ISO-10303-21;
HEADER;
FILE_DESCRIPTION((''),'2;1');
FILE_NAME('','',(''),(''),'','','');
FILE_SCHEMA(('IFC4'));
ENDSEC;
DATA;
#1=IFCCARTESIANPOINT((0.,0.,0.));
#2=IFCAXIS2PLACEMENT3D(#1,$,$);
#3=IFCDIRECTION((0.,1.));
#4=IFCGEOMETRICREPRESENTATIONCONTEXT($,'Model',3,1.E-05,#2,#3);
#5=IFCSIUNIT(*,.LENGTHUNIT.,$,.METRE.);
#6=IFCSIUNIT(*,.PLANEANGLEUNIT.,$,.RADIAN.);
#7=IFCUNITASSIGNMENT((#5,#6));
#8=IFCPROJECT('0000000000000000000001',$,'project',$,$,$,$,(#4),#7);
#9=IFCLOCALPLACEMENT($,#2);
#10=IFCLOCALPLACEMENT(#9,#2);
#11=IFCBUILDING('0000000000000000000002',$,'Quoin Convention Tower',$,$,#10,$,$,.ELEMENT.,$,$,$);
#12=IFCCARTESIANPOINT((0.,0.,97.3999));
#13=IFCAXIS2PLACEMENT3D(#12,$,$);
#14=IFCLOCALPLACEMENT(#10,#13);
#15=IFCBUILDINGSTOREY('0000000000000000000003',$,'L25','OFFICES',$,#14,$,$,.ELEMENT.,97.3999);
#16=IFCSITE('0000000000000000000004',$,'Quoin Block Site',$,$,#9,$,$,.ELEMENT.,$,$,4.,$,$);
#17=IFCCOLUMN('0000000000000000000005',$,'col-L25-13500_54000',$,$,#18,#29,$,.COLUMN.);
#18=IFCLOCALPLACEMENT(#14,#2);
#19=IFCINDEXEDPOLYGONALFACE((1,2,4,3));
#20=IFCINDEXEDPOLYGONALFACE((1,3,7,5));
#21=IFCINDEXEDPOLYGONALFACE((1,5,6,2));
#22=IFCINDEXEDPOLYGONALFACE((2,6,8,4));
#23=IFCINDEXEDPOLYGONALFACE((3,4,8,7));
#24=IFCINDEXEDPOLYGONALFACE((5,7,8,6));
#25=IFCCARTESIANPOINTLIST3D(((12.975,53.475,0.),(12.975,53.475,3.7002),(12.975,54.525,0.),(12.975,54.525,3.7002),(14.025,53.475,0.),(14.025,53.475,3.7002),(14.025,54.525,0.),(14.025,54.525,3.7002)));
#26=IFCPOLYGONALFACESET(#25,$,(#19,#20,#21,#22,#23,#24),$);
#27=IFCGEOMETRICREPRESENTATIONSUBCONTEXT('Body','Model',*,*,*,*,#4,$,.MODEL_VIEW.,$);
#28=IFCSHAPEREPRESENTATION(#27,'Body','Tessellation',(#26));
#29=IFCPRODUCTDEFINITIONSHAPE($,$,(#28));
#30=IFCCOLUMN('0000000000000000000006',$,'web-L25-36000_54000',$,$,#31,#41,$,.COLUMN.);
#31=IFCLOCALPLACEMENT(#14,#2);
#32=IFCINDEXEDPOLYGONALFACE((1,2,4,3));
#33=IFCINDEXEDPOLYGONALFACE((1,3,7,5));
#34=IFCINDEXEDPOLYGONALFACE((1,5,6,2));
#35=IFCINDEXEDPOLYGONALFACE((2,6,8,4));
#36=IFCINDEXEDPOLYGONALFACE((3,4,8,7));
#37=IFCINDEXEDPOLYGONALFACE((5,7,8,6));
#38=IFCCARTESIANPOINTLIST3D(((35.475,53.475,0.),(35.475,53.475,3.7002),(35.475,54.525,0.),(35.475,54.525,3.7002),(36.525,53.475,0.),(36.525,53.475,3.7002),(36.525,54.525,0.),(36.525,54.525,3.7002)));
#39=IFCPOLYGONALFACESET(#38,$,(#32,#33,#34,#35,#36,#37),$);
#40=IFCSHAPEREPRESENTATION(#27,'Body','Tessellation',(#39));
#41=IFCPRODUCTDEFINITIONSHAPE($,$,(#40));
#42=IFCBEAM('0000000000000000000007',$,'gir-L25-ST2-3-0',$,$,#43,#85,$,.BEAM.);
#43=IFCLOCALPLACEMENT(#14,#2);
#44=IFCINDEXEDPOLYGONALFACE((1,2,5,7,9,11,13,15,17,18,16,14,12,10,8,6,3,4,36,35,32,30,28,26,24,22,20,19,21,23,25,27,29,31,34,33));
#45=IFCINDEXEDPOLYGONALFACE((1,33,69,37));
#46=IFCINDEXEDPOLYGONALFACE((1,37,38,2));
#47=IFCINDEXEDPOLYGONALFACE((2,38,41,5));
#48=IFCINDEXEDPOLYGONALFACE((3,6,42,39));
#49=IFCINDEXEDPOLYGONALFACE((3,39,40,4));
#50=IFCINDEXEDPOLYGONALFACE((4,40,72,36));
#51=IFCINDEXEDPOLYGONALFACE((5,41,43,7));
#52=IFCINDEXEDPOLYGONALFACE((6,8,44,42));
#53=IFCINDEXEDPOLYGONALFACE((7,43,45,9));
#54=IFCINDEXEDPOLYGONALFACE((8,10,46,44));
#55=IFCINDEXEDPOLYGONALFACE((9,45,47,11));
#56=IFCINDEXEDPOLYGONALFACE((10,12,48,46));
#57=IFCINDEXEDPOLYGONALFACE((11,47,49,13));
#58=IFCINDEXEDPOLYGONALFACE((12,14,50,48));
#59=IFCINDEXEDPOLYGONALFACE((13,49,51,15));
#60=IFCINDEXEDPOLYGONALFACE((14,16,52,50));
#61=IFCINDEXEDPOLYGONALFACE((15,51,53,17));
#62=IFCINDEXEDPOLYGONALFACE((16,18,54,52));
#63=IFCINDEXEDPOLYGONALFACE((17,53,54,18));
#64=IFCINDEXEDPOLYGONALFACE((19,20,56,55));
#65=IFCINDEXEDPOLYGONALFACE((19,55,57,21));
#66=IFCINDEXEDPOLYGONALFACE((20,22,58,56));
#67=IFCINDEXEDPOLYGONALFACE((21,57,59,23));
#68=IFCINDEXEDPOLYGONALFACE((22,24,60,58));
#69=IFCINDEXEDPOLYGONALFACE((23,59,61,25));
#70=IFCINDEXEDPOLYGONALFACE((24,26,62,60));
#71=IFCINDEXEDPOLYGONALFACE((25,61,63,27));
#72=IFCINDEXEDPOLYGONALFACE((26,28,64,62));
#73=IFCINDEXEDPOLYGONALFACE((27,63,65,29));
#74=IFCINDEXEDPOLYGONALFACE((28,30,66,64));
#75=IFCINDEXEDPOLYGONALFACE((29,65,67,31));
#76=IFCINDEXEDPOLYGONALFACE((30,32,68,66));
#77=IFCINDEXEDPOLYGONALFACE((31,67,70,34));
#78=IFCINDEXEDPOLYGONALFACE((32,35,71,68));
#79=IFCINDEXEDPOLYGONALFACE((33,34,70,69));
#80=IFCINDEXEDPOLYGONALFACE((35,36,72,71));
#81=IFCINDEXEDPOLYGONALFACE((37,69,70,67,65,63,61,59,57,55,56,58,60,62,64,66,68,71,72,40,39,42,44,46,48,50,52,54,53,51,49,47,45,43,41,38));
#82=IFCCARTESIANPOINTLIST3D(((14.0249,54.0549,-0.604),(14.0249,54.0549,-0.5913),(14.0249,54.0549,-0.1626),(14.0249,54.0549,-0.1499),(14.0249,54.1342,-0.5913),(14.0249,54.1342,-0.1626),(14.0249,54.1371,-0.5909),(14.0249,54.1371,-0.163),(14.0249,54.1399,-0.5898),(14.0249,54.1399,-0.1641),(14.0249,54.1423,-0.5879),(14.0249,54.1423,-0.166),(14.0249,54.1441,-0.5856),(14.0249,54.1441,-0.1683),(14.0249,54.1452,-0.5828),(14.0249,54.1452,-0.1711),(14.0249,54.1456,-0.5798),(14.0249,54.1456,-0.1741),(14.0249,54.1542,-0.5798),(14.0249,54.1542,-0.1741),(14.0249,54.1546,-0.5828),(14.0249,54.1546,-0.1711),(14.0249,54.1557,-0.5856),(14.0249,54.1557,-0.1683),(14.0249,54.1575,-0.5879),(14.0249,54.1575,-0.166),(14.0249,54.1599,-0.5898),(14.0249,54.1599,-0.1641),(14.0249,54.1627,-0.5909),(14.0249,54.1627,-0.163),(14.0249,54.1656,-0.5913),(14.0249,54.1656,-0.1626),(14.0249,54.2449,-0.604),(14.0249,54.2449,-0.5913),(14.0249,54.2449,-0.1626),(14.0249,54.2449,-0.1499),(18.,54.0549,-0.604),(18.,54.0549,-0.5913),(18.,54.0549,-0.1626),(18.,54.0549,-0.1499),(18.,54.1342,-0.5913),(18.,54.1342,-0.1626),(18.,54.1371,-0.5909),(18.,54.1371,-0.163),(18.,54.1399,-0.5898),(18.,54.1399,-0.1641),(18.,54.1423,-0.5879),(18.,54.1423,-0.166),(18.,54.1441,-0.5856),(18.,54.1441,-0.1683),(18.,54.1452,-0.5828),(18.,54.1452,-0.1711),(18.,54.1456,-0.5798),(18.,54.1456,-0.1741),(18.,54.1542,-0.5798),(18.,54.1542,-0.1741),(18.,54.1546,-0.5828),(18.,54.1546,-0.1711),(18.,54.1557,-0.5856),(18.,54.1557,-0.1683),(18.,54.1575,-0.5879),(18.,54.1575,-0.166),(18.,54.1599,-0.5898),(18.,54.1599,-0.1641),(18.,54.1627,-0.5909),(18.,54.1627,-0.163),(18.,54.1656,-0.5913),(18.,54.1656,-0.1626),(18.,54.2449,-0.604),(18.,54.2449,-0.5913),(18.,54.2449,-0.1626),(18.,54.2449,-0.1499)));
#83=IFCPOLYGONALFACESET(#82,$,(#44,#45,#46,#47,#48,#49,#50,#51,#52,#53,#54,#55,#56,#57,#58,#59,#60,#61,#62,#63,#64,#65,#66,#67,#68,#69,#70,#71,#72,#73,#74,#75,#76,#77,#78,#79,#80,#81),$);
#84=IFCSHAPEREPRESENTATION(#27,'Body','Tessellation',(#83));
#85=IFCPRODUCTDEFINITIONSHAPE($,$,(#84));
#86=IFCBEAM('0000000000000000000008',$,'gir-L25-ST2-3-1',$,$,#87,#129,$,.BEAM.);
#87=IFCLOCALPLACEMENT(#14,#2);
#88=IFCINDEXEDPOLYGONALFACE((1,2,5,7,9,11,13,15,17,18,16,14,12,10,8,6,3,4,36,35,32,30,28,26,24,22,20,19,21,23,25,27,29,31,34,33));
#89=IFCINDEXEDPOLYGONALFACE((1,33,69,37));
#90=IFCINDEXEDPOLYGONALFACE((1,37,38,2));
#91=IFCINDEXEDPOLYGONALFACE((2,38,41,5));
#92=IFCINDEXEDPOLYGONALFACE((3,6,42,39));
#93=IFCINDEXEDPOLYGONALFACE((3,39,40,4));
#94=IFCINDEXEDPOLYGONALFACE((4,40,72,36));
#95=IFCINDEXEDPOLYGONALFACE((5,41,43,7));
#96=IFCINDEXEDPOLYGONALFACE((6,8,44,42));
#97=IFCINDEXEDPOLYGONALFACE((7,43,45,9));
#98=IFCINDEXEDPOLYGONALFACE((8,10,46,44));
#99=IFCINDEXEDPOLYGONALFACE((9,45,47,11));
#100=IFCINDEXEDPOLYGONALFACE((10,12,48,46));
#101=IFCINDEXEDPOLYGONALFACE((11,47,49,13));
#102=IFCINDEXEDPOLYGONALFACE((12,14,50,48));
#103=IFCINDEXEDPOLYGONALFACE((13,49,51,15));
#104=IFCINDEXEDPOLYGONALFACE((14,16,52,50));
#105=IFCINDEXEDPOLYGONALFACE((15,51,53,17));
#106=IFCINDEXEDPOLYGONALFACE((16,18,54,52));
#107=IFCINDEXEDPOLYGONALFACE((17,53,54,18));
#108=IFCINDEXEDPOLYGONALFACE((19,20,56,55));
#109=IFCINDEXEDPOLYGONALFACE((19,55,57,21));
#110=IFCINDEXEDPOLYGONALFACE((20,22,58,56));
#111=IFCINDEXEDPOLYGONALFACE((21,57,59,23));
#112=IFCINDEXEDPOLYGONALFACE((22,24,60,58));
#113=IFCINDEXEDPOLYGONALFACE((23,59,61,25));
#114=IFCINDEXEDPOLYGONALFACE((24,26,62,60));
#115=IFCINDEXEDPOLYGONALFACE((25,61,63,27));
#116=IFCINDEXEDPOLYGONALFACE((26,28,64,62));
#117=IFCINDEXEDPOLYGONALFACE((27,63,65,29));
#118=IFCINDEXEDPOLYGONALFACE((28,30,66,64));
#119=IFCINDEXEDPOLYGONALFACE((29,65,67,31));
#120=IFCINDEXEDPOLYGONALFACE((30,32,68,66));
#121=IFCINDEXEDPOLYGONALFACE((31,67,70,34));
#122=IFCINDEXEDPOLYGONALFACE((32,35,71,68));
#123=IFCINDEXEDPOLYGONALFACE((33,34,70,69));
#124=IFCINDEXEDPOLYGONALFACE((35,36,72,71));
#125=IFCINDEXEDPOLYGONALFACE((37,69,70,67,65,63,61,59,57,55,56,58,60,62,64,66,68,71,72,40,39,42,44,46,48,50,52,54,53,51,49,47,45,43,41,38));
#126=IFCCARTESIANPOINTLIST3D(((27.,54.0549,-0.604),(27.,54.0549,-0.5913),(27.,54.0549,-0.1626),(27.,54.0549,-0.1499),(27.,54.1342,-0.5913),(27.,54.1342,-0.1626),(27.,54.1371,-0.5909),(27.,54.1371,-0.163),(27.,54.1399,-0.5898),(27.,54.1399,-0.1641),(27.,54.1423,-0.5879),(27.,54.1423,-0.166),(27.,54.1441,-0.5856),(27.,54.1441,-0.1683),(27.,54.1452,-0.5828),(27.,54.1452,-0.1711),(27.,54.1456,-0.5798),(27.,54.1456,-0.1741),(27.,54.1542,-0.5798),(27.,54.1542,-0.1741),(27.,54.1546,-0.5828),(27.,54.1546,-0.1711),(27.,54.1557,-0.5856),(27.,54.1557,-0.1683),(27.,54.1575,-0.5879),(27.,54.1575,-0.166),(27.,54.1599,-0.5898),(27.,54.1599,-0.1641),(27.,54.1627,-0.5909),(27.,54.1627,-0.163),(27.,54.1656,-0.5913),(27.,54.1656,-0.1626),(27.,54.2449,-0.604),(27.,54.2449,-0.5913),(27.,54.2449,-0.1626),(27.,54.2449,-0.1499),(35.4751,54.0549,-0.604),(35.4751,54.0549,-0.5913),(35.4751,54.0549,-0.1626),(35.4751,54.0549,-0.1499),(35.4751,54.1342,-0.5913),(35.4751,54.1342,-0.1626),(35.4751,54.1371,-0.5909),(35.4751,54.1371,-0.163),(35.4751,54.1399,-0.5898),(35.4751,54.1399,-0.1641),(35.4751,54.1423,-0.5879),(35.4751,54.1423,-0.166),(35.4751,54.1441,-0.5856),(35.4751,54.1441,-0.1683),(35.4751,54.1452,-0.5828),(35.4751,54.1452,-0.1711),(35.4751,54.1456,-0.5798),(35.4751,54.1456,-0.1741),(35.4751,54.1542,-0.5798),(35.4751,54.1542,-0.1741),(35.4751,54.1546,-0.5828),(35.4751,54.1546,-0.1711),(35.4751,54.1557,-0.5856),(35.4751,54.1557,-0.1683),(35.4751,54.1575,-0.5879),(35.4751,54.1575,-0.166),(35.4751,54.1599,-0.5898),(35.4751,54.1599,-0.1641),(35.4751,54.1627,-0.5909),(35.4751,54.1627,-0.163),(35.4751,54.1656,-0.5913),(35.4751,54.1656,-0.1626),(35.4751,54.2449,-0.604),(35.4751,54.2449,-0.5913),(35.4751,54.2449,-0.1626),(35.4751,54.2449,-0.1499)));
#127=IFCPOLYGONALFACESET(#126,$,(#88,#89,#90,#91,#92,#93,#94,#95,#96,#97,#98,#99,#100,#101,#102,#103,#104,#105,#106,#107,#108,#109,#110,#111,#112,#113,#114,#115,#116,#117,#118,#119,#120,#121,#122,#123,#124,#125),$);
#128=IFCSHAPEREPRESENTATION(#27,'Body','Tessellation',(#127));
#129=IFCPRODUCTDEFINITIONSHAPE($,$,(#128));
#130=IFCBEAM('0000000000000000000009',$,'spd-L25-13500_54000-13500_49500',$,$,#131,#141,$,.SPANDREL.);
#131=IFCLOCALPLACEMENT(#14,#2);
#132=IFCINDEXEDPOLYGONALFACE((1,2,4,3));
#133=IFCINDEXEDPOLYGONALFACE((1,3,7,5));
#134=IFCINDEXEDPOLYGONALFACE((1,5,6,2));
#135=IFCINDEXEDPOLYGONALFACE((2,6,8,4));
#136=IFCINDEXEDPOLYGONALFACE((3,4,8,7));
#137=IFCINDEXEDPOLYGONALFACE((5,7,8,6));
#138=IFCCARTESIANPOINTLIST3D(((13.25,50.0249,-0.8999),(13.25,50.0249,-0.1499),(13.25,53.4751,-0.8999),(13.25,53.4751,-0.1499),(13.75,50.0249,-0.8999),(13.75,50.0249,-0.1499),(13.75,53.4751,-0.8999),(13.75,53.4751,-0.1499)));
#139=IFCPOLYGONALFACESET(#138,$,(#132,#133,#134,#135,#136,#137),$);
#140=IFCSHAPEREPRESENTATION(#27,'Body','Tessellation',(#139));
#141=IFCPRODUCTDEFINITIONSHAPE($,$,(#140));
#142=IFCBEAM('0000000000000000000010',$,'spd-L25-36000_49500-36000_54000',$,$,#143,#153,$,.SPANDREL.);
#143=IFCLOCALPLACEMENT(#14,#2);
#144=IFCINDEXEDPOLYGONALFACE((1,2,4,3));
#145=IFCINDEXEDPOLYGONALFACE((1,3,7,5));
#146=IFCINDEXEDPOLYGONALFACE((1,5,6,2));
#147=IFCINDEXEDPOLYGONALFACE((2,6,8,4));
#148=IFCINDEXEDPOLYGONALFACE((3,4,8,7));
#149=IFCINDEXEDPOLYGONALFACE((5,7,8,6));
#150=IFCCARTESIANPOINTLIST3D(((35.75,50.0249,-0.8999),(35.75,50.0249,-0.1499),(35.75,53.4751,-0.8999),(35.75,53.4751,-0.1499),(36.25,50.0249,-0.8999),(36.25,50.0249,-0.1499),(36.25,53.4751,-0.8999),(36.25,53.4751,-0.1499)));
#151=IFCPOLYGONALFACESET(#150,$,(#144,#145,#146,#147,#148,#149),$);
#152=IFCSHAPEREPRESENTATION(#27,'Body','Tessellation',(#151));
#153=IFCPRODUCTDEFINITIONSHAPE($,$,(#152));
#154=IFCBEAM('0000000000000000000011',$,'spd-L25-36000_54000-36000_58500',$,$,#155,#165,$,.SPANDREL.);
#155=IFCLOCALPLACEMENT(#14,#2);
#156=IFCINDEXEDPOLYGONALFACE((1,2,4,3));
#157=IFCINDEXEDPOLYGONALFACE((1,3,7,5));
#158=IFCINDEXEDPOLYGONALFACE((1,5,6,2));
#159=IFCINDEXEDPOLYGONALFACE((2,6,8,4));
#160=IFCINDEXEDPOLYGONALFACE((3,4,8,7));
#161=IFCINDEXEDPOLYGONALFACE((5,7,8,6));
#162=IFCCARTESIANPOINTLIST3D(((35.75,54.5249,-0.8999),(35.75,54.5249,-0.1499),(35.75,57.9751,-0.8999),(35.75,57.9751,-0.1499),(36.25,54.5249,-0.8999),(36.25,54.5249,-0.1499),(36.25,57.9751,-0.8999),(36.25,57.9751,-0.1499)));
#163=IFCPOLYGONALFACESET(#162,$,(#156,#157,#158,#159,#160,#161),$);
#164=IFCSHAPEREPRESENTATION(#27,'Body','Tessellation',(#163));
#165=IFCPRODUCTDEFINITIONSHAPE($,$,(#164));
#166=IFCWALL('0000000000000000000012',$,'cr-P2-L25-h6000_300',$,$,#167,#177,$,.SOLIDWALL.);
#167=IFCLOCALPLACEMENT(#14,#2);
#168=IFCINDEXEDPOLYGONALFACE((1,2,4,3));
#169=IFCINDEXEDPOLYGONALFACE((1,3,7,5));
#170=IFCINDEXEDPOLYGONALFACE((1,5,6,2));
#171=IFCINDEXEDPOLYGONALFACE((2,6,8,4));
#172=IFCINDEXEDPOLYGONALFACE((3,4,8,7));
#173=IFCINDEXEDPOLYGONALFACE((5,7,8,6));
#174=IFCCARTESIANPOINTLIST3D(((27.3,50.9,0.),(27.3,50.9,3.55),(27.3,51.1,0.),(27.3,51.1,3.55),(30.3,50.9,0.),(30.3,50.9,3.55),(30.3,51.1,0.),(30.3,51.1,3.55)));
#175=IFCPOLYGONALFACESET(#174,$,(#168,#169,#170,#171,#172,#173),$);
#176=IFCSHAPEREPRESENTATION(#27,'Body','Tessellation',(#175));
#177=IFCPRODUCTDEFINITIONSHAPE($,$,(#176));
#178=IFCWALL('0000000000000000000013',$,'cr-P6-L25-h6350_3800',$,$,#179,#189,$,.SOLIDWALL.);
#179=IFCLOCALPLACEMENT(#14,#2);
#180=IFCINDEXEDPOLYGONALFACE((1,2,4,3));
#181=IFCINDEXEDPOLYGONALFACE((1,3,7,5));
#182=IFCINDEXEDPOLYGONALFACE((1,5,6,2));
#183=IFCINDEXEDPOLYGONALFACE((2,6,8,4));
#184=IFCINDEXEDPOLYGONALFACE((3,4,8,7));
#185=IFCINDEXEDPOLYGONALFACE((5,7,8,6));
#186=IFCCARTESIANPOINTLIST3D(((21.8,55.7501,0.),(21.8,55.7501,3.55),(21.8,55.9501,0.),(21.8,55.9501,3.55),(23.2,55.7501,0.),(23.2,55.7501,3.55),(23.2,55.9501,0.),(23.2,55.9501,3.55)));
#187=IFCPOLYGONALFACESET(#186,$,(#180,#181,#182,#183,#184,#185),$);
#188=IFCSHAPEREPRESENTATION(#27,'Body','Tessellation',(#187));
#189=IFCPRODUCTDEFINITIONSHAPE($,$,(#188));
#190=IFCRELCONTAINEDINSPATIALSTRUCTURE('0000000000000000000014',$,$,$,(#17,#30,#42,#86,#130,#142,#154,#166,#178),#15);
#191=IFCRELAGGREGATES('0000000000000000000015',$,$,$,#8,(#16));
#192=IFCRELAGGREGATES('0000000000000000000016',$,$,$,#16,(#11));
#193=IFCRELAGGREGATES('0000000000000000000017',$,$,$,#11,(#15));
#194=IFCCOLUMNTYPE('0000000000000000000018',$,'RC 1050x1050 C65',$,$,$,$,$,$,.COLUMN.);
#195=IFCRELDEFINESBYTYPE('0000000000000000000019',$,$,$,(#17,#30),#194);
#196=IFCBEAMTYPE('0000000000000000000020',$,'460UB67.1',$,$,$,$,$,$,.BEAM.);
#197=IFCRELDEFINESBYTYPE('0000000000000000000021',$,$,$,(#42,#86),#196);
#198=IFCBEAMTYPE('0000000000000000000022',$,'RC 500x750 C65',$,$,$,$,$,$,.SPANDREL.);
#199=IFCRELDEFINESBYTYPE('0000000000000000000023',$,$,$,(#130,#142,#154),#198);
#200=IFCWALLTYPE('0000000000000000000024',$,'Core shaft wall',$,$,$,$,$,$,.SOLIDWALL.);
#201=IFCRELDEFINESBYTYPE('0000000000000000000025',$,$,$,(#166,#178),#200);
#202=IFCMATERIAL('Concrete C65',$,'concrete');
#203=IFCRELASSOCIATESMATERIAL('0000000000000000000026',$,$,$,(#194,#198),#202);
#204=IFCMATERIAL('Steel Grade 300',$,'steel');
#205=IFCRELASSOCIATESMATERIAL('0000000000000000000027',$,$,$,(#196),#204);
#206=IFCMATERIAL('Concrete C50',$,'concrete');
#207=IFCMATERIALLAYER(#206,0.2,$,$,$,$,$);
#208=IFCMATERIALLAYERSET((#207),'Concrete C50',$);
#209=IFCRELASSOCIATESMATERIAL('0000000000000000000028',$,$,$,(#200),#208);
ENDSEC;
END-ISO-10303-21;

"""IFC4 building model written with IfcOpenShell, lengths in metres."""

from ifc_helpers import new_model, si_unit, direction, frame, frame_2d, origin, origin_2d, place, context, subcontext, project, spatial, rectangle, i_section, extrude, material, layer, layer_set, material_profile, profile_set, type_object, element, save


model = new_model("IFC4")

# Units and contexts
model_context = context("Model", 3, precision=1e-05, world=origin(), true_north=direction((0.0, 1.0)))
body_context = subcontext(model_context, "Body", "Model", "MODEL_VIEW")
ifc_project = project(units=[si_unit("LENGTHUNIT", "METRE"), si_unit("PLANEANGLEUNIT", "RADIAN")], contexts=[model_context])

# Site, building, storey
site_placement = place(None, origin())
site = spatial("IfcSite", under=ifc_project, at=site_placement, Name="Quoin Block Site", CompositionType="ELEMENT", RefElevation=4.0)
building_placement = place(site_placement, origin())
building = spatial("IfcBuilding", under=site, at=building_placement, Name="Quoin Convention Tower", CompositionType="ELEMENT")
storey_placement = place(building_placement, frame((0.0, 0.0, 97.3999)))
storey = spatial("IfcBuildingStorey", under=building, at=storey_placement, Name="L25", Description="OFFICES", CompositionType="ELEMENT", Elevation=97.3999)

# Columns
ifc_material_1 = material(Name="Concrete C65", Category="concrete")
ifc_material_profile_1 = material_profile(ifc_material_1, rectangle(XDim=1.05, YDim=1.05, at=origin_2d()), Name="RC 1050x1050")
ifc_profile_set_1 = profile_set([ifc_material_profile_1], Name="Concrete C65")
column_type = type_object("IfcColumnType", Name="RC 1050x1050 C65", PredefinedType="COLUMN", material=ifc_profile_set_1)
for number, where, z_axis, x_axis, name in (
    (1, (13.5, 54.0, 0.0), (0.0, 0.0, 1.0), (1.0, 0.0, 0.0), "col-L25-13500_54000"),
    (2, (36.0, 54.0, 0.0), (0.0, 0.0, 1.0), (1.0, 0.0, 0.0), "web-L25-36000_54000"),
):
    element("IfcColumn", number, at=place(storey_placement, frame(where, z_axis=z_axis, x_axis=x_axis)), inside=storey, type_object=column_type, Name=name, PredefinedType="COLUMN", context=body_context, shape_type="SweptSolid", body=[
        extrude(rectangle(XDim=1.05, YDim=1.05, at=origin_2d()), origin(), (0.0, 0.0, 1.0), 3.7002),
    ])

# Beams
ifc_material_2 = material(Name="Steel Grade 300", Category="steel")
ifc_material_profile_2 = material_profile(ifc_material_2, i_section(OverallWidth=0.1899, OverallDepth=0.4541, WebThickness=0.0085, FlangeThickness=0.0127, FilletRadius=0.0115, at=origin_2d()), Name="460UB67.1")
ifc_profile_set_2 = profile_set([ifc_material_profile_2], Name="Steel Grade 300")
beam_type_1 = type_object("IfcBeamType", Name="460UB67.1", PredefinedType="BEAM", material=ifc_profile_set_2)
beam_1_placement = place(storey_placement, frame((14.0249, 54.1499, -0.377), z_axis=(1.0, 0.0, 0.0), x_axis=(0.0, 1.0, 0.0)))
element("IfcBeam", 3, at=beam_1_placement, inside=storey, type_object=beam_type_1, Name="gir-L25-ST2-3-0", PredefinedType="BEAM", context=body_context, shape_type="SweptSolid", body=[
    extrude(i_section(OverallWidth=0.1899, OverallDepth=0.4541, WebThickness=0.0085, FlangeThickness=0.0127, FilletRadius=0.0115, at=origin_2d()), origin(), (0.0, 0.0, 1.0), 3.9751),
])
beam_2_placement = place(storey_placement, frame((27.0, 54.1499, -0.377), z_axis=(1.0, 0.0, 0.0), x_axis=(0.0, 1.0, 0.0)))
element("IfcBeam", 4, at=beam_2_placement, inside=storey, type_object=beam_type_1, Name="gir-L25-ST2-3-1", PredefinedType="BEAM", context=body_context, shape_type="SweptSolid", body=[
    extrude(i_section(OverallWidth=0.1899, OverallDepth=0.4541, WebThickness=0.0085, FlangeThickness=0.0127, FilletRadius=0.0115, at=origin_2d()), origin(), (0.0, 0.0, 1.0), 8.4751),
])
ifc_material_profile_3 = material_profile(ifc_material_1, rectangle(XDim=0.5, YDim=0.75, at=origin_2d()), Name="RC 500x750")
ifc_profile_set_3 = profile_set([ifc_material_profile_3], Name="Concrete C65")
beam_type_2 = type_object("IfcBeamType", Name="RC 500x750 C65", PredefinedType="SPANDREL", material=ifc_profile_set_3)
for number, where, z_axis, x_axis, name in (
    (5, (13.5, 53.4751, -0.5249), (0.0, -1.0, 0.0), (1.0, 0.0, 0.0), "spd-L25-13500_54000-13500_49500"),
    (6, (36.0, 50.0249, -0.5249), (0.0, 1.0, 0.0), (-1.0, 0.0, 0.0), "spd-L25-36000_49500-36000_54000"),
    (7, (36.0, 54.5249, -0.5249), (0.0, 1.0, 0.0), (-1.0, 0.0, 0.0), "spd-L25-36000_54000-36000_58500"),
):
    element("IfcBeam", number, at=place(storey_placement, frame(where, z_axis=z_axis, x_axis=x_axis)), inside=storey, type_object=beam_type_2, Name=name, PredefinedType="SPANDREL", context=body_context, shape_type="SweptSolid", body=[
        extrude(rectangle(XDim=0.5, YDim=0.75, at=origin_2d()), origin(), (0.0, 0.0, 1.0), 3.4502),
    ])

# Walls
ifc_material_3 = material(Name="Concrete C50", Category="concrete")
ifc_layer_1 = layer(ifc_material_3, 0.2)
ifc_layer_set_1 = layer_set([ifc_layer_1], Name="Concrete C50")
wall_type_1 = type_object("IfcWallType", Name="Core shaft wall", PredefinedType="SOLIDWALL", material=ifc_layer_set_1)
wall_1_placement = place(storey_placement, frame((27.3, 51.0, 0.0), z_axis=(0.0, 0.0, 1.0), x_axis=(1.0, 0.0, 0.0)))
element("IfcWall", 8, at=wall_1_placement, inside=storey, type_object=wall_type_1, Name="cr-P2-L25-h6000_300", PredefinedType="SOLIDWALL", context=body_context, shape_type="SweptSolid", body=[
    extrude(rectangle(XDim=3.0, YDim=0.2, at=frame_2d((1.5, 0.0))), origin(), (0.0, 0.0, 1.0), 3.55),
])
wall_2_placement = place(storey_placement, frame((21.8, 55.8501, 0.0), z_axis=(0.0, 0.0, 1.0), x_axis=(1.0, 0.0, 0.0)))
element("IfcWall", 9, at=wall_2_placement, inside=storey, type_object=wall_type_1, Name="cr-P6-L25-h6350_3800", PredefinedType="SOLIDWALL", context=body_context, shape_type="SweptSolid", body=[
    extrude(rectangle(XDim=1.3999, YDim=0.2, at=frame_2d((0.7, 0.0))), origin(), (0.0, 0.0, 1.0), 3.55),
])

save(model, "model.ifc")
